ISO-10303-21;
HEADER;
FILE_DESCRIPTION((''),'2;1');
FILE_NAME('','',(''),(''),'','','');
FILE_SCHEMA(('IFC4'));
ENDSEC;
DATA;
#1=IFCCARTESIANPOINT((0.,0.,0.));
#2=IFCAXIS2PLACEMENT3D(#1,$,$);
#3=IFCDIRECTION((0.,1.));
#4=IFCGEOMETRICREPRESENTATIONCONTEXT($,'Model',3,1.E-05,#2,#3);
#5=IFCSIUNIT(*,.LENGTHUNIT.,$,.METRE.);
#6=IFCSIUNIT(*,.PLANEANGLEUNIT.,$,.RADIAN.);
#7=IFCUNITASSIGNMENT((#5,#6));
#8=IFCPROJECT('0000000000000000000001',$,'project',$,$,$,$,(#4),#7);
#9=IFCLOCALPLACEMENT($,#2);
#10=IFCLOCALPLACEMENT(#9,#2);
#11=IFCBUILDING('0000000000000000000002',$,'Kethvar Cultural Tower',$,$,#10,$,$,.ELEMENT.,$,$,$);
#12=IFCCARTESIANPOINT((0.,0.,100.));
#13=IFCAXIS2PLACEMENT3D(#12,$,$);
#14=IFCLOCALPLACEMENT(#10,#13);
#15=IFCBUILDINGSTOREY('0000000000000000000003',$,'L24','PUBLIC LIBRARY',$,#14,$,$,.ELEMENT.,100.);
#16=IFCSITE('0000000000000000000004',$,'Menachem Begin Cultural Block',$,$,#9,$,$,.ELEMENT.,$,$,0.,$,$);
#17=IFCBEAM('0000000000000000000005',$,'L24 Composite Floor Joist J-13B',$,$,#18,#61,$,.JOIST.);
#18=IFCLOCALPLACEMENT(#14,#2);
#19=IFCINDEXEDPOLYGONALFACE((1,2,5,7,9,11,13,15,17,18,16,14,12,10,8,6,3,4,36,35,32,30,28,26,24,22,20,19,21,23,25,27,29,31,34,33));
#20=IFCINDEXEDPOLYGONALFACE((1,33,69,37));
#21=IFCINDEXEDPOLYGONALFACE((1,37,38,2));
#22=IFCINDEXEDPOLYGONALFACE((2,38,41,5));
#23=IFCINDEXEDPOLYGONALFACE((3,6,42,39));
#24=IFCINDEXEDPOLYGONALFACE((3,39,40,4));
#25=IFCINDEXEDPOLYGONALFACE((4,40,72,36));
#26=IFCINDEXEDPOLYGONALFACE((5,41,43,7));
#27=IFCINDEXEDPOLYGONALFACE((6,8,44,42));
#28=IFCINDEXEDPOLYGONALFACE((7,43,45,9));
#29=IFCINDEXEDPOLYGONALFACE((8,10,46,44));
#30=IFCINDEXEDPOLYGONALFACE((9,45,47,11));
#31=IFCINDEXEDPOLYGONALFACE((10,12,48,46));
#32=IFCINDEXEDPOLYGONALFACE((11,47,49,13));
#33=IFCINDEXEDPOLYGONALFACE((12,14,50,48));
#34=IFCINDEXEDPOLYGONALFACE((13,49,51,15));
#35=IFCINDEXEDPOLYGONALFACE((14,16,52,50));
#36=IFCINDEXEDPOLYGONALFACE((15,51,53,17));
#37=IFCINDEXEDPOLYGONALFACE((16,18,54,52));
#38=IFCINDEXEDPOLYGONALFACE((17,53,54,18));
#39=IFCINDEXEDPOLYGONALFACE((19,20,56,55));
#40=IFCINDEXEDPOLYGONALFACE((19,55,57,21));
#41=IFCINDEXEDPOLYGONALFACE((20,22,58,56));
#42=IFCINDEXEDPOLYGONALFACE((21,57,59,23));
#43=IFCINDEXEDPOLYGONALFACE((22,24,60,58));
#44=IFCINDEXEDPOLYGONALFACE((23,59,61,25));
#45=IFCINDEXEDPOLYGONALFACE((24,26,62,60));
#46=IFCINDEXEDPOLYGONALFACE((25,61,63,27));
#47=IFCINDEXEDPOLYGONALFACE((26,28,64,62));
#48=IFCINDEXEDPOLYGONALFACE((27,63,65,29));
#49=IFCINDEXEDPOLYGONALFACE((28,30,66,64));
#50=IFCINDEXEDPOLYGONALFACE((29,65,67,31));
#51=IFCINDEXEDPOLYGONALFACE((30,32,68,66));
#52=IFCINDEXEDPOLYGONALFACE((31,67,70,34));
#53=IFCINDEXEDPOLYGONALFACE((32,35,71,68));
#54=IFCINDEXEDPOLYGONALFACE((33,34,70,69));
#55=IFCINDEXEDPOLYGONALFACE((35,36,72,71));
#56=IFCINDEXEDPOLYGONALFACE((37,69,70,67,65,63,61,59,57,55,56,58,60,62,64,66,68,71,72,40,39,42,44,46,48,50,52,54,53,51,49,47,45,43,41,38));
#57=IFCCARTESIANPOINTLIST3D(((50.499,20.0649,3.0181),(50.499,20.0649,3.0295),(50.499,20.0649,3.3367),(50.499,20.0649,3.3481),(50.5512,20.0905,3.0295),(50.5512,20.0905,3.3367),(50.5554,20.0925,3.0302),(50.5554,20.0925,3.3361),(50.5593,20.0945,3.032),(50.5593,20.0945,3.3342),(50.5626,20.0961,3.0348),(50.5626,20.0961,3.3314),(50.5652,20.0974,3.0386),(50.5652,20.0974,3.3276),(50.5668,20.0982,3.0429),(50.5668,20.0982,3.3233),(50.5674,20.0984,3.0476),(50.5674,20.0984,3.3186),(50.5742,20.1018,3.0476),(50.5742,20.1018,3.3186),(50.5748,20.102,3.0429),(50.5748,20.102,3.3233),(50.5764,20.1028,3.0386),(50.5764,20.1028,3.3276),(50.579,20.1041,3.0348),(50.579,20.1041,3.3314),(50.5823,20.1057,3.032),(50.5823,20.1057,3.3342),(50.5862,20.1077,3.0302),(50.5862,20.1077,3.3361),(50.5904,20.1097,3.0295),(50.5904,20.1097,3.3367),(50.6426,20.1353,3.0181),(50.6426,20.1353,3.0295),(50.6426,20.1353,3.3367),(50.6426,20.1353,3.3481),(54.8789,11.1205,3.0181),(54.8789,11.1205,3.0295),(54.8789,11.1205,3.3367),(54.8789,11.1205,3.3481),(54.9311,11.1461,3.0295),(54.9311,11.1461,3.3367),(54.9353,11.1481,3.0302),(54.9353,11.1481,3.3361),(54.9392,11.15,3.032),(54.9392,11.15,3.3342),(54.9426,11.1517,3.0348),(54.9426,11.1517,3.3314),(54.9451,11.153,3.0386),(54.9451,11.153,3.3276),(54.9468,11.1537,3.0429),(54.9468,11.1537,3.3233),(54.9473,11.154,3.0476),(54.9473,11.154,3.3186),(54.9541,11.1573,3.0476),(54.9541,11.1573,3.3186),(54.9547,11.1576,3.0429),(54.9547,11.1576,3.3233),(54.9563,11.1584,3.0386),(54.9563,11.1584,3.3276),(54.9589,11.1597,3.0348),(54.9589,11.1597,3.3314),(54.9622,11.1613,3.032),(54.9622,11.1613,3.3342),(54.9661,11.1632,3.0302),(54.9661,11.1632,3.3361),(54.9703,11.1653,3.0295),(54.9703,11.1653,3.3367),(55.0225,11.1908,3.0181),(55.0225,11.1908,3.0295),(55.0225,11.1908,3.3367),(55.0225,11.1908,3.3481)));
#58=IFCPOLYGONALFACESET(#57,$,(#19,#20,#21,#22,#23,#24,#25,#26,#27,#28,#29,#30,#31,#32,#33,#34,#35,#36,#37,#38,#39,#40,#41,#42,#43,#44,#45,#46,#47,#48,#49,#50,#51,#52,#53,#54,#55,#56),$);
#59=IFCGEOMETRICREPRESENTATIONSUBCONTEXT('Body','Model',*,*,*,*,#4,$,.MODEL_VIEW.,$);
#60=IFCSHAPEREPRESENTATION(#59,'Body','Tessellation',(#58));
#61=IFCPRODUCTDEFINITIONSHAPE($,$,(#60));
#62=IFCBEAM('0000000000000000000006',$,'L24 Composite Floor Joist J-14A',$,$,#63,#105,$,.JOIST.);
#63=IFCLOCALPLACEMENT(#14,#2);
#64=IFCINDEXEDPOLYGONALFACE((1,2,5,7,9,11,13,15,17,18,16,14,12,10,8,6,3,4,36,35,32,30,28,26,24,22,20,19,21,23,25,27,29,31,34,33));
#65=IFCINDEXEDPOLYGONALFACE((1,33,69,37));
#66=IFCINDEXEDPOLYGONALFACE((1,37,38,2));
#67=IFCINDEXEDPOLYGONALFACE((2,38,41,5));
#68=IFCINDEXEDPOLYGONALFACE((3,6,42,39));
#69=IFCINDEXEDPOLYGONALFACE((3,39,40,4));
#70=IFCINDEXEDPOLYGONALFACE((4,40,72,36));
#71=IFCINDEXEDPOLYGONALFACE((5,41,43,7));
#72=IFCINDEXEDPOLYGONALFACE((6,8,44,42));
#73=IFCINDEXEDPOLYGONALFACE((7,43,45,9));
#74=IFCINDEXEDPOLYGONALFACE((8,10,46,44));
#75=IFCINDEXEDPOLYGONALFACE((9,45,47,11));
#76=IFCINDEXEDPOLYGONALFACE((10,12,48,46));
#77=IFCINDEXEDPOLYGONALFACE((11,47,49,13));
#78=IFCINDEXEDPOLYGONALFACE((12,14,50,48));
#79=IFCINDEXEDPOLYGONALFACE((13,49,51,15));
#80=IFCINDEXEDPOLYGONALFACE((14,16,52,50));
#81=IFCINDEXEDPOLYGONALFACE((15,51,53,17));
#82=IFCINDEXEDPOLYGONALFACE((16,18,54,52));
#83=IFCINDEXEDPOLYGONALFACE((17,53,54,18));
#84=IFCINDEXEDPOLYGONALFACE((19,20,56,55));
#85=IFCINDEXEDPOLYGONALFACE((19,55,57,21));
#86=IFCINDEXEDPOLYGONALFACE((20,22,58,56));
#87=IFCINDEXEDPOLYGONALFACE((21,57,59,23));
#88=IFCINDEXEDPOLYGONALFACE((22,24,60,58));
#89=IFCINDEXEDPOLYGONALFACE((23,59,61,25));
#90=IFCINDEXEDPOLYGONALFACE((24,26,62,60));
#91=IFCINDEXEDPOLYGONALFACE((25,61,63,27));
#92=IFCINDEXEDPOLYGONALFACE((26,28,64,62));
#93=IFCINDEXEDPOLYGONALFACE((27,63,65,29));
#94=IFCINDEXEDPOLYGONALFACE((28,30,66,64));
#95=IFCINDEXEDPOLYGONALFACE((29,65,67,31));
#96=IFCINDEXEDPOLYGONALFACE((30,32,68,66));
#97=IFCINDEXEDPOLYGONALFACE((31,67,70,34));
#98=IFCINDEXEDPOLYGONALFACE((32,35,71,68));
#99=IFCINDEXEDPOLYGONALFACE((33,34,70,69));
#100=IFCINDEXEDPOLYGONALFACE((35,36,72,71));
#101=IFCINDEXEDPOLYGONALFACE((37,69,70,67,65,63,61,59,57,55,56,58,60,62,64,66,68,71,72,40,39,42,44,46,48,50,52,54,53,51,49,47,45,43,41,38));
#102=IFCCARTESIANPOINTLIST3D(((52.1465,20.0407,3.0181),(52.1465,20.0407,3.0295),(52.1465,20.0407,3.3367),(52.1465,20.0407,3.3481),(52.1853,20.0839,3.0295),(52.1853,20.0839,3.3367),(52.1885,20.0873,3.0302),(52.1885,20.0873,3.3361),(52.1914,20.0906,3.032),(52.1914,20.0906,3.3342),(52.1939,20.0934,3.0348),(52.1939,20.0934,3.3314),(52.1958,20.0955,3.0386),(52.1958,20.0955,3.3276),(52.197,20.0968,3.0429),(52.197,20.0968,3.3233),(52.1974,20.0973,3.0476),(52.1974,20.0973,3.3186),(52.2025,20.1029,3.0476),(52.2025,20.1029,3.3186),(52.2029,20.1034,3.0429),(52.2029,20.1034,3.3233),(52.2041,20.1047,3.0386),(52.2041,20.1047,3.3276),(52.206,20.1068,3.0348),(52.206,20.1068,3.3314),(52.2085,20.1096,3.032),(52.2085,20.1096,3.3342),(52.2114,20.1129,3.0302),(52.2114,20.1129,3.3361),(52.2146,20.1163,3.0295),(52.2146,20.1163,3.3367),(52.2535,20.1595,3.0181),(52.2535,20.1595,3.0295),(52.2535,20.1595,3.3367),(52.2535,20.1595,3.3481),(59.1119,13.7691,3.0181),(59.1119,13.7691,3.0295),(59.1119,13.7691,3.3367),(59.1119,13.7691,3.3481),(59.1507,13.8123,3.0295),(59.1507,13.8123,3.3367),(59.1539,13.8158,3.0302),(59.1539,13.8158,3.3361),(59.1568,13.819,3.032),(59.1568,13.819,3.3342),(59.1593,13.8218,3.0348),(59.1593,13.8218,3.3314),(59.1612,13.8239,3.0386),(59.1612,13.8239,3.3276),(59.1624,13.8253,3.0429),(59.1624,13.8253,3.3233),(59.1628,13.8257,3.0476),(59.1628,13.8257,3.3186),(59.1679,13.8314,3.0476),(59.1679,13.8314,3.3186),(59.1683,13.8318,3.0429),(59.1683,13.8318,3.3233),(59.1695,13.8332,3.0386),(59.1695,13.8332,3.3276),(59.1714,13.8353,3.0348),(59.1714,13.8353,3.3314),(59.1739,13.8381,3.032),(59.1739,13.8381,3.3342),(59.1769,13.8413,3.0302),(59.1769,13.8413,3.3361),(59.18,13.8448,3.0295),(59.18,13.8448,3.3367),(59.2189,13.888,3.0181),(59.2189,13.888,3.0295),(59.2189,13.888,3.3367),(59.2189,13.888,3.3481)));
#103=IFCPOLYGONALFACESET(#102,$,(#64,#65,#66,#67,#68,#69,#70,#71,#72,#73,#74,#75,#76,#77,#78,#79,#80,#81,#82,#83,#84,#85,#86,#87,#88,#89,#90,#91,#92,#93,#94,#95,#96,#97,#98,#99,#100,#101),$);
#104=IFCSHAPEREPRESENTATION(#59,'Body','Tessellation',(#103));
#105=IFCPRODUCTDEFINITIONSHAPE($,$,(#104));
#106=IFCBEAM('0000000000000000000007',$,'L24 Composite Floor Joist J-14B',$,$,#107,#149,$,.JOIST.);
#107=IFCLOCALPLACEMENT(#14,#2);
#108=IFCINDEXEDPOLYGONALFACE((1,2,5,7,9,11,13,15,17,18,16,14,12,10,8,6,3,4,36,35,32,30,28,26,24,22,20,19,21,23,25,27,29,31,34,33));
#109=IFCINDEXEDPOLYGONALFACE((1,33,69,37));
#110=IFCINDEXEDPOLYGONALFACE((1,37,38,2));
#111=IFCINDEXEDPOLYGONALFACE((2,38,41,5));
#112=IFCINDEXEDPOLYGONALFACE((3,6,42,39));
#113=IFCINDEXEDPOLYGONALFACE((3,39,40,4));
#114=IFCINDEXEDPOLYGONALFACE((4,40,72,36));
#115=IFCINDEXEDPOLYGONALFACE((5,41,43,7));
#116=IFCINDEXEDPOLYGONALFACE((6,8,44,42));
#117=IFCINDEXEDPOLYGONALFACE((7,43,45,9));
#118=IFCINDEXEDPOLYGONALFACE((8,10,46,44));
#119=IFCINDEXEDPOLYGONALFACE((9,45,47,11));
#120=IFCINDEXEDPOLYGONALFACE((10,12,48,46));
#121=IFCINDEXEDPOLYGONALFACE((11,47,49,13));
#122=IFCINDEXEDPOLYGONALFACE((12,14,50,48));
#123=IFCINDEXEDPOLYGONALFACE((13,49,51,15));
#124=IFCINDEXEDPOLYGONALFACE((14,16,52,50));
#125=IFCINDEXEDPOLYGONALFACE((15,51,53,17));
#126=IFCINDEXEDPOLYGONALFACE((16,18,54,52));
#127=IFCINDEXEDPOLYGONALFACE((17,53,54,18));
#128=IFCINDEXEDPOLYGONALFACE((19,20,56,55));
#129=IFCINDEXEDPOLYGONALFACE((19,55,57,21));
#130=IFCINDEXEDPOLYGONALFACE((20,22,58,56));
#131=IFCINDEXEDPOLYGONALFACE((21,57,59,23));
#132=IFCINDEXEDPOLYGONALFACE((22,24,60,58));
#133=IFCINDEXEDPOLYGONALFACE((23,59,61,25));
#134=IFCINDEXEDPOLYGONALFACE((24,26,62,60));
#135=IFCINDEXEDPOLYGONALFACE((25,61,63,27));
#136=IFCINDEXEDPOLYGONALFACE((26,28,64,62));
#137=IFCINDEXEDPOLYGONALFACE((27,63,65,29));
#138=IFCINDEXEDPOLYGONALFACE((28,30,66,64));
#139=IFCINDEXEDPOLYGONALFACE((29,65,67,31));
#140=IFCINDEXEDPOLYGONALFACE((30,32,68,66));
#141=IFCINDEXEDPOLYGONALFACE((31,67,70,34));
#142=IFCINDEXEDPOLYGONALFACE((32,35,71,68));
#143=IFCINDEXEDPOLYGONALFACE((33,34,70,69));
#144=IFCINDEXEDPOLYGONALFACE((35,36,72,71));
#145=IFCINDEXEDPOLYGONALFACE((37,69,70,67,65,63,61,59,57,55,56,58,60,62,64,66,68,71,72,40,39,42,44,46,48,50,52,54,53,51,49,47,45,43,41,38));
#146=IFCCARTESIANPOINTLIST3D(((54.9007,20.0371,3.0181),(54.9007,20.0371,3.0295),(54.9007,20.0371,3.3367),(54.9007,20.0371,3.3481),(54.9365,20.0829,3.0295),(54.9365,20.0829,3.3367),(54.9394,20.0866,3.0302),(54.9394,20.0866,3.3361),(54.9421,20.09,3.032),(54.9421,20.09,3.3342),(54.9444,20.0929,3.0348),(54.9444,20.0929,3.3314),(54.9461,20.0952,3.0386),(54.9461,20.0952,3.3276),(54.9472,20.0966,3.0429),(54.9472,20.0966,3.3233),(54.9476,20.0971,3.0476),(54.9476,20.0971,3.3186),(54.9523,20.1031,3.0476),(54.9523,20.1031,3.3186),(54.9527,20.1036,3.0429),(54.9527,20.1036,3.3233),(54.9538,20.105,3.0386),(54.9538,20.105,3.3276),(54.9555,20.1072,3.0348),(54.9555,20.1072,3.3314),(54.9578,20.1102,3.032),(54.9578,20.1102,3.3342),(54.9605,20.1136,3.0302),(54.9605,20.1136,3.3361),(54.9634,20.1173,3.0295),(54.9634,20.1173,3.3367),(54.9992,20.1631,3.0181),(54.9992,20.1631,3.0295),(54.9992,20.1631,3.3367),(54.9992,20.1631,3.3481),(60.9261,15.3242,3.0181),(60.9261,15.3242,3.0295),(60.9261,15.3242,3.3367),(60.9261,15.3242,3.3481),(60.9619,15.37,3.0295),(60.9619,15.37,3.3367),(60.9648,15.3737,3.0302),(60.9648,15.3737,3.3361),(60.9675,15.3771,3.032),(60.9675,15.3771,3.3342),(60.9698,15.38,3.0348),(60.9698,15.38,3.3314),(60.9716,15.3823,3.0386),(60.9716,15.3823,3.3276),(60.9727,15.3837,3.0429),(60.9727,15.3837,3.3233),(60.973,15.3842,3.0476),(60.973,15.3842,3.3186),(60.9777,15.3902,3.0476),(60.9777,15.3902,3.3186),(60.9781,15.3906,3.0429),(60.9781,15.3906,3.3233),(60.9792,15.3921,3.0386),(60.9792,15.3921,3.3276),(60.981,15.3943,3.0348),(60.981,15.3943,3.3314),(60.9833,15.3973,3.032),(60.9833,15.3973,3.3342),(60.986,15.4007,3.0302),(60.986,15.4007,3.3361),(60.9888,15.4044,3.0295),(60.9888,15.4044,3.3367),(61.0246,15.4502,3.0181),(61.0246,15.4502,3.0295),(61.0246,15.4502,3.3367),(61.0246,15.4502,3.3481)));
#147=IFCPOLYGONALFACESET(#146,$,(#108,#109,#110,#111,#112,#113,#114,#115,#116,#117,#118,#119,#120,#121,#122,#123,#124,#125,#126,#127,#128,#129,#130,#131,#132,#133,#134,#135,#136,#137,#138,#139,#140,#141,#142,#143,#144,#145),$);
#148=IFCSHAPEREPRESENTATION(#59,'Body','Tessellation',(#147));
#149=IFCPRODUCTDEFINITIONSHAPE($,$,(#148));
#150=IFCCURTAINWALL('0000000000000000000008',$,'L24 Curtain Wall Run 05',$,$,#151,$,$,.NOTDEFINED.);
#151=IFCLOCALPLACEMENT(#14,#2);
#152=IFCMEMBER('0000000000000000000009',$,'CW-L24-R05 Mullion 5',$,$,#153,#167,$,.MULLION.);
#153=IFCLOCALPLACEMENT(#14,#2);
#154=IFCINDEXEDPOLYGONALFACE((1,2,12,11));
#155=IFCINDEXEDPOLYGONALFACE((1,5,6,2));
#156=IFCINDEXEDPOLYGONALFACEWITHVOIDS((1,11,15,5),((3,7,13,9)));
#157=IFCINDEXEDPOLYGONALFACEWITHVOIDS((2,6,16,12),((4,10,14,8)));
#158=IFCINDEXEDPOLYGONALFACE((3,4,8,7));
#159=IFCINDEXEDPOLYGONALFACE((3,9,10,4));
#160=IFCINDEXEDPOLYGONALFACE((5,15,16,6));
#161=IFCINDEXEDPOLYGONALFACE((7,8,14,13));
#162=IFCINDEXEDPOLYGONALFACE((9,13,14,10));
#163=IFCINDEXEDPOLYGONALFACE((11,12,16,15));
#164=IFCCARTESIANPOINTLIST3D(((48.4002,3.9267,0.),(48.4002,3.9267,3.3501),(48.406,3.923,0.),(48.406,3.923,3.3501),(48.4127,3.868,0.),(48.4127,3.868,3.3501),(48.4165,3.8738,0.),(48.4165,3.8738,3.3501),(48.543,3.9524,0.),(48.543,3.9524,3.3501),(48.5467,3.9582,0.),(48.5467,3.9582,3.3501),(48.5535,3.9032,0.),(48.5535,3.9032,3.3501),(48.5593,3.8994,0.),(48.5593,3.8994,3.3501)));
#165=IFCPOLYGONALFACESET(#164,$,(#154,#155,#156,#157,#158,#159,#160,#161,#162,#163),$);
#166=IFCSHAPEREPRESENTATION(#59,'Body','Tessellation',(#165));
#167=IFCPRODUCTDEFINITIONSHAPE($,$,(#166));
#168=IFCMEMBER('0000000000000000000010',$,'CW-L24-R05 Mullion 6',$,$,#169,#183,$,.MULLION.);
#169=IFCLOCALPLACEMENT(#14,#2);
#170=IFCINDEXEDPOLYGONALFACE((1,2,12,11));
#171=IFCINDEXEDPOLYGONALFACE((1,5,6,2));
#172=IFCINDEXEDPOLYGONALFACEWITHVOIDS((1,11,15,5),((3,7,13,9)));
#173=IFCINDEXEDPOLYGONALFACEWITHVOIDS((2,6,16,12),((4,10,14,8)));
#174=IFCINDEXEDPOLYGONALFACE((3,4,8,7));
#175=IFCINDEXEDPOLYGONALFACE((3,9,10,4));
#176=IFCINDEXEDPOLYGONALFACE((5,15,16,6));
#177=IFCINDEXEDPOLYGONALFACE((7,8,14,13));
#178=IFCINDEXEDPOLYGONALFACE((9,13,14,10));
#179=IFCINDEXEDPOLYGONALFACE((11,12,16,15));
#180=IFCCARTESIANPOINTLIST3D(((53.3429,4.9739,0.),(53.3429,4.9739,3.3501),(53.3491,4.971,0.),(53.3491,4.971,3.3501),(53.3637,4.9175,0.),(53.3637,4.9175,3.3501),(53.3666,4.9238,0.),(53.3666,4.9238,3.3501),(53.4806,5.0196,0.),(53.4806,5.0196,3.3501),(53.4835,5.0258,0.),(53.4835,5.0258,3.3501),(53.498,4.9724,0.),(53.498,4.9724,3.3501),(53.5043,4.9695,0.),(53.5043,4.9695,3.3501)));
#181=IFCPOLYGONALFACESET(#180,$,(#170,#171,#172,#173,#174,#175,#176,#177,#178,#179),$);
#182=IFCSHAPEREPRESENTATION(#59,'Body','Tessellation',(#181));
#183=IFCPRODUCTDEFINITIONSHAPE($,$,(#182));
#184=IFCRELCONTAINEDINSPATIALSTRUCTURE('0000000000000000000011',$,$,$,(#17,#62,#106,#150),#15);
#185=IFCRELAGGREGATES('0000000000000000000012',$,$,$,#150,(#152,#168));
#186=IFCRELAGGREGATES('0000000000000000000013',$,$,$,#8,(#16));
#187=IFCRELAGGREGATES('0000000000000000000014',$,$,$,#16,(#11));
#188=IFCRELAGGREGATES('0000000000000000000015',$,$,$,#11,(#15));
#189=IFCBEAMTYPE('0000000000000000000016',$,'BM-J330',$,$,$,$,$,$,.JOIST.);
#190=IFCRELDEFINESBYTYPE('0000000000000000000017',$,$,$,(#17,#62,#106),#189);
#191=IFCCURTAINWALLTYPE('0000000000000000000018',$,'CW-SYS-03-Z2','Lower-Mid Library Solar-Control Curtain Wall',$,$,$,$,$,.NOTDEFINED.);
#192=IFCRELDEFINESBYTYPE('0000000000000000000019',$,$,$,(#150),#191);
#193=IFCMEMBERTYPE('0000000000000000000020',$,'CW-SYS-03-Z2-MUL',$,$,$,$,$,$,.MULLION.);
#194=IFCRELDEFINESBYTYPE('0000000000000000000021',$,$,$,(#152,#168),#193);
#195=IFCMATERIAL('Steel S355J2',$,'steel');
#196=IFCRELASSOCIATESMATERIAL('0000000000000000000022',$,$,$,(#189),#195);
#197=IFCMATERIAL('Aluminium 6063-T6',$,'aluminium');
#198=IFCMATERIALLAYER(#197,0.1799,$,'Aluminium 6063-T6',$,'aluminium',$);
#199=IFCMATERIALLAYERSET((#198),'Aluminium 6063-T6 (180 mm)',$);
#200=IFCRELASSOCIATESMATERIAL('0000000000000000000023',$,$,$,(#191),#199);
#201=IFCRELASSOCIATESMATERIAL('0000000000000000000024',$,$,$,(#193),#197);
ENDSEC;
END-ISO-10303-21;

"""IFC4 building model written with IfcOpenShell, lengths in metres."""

from ifc_helpers import new_model, si_unit, direction, frame, origin, origin_2d, place, context, subcontext, project, spatial, hollow_rectangle, i_section, extrude, source, transform, mapped, material, layer, layer_set, material_profile, profile_set, type_object, element, aggregate, save


model = new_model("IFC4")

# Units and contexts
model_context = context("Model", 3, precision=1e-05, world=origin(), true_north=direction((0.0, 1.0)))
body_context = subcontext(model_context, "Body", "Model", "MODEL_VIEW")
ifc_project = project(units=[si_unit("LENGTHUNIT", "METRE"), si_unit("PLANEANGLEUNIT", "RADIAN")], contexts=[model_context])

# Site, building, storey
site_placement = place(None, origin())
site = spatial("IfcSite", under=ifc_project, at=site_placement, Name="Menachem Begin Cultural Block", CompositionType="ELEMENT", RefElevation=0.0)
building_placement = place(site_placement, origin())
building = spatial("IfcBuilding", under=site, at=building_placement, Name="Kethvar Cultural Tower", CompositionType="ELEMENT")
storey_placement = place(building_placement, frame((0.0, 0.0, 100.0)))
storey = spatial("IfcBuildingStorey", under=building, at=storey_placement, Name="L24", Description="PUBLIC LIBRARY", CompositionType="ELEMENT", Elevation=100.0)

# Beams
ifc_material_1 = material(Name="Steel S355J2", Category="steel")
ifc_material_profile_1 = material_profile(ifc_material_1, i_section(OverallWidth=0.1599, OverallDepth=0.3301, WebThickness=0.0076, FlangeThickness=0.0115, FilletRadius=0.0181, at=origin_2d()), Name="Steel S355J2 — IPE330")
ifc_profile_set_1 = profile_set([ifc_material_profile_1], Name="Steel S355J2 — IPE330")
beam_type_1 = type_object("IfcBeamType", Name="BM-J330", PredefinedType="JOIST", material=ifc_profile_set_1)
shared_shape_1 = source(origin(), body_context, "Body", "SweptSolid", [
    extrude(i_section(OverallWidth=0.1599, OverallDepth=0.3301, WebThickness=0.0076, FlangeThickness=0.0115, FilletRadius=0.0181, at=origin_2d()), origin(), (0.0, 0.0, 1.0), 9.9592),
])
beam_1_placement = place(storey_placement, frame((50.5708, 20.1001, 3.1831), z_axis=(0.439785, -0.898103, 0.0), x_axis=(0.898103, 0.439785, 0.0)))
element("IfcBeam", 1, at=beam_1_placement, inside=storey, type_object=beam_type_1, Name="L24 Composite Floor Joist J-13B", PredefinedType="JOIST", context=body_context, shape_type="MappedRepresentation", body=[
    mapped(shared_shape_1, transform((0.0, 0.0, 0.0), scale=1.0)),
])
shared_shape_2 = source(origin(), body_context, "Body", "SweptSolid", [
    extrude(i_section(OverallWidth=0.1599, OverallDepth=0.3301, WebThickness=0.0076, FlangeThickness=0.0115, FilletRadius=0.0181, at=origin_2d()), origin(), (0.0, 0.0, 1.0), 9.3728),
])
beam_2_placement = place(storey_placement, frame((52.2, 20.1001, 3.1831), z_axis=(0.743152, -0.669123, 0.0), x_axis=(0.669123, 0.743152, 0.0)))
element("IfcBeam", 2, at=beam_2_placement, inside=storey, type_object=beam_type_1, Name="L24 Composite Floor Joist J-14A", PredefinedType="JOIST", context=body_context, shape_type="MappedRepresentation", body=[
    mapped(shared_shape_2, transform((0.0, 0.0, 0.0), scale=1.0)),
])
shared_shape_3 = source(origin(), body_context, "Body", "SweptSolid", [
    extrude(i_section(OverallWidth=0.1599, OverallDepth=0.3301, WebThickness=0.0076, FlangeThickness=0.0115, FilletRadius=0.0181, at=origin_2d()), origin(), (0.0, 0.0, 1.0), 7.6497),
])
beam_3_placement = place(storey_placement, frame((54.95, 20.1001, 3.1831), z_axis=(0.787672, -0.616095, 0.0), x_axis=(0.616095, 0.787672, 0.0)))
element("IfcBeam", 3, at=beam_3_placement, inside=storey, type_object=beam_type_1, Name="L24 Composite Floor Joist J-14B", PredefinedType="JOIST", context=body_context, shape_type="MappedRepresentation", body=[
    mapped(shared_shape_3, transform((0.0, 0.0, 0.0), scale=1.0)),
])

# Curtain wall, members
ifc_material_2 = material(Name="Aluminium 6063-T6", Category="aluminium")
ifc_layer_1 = layer(ifc_material_2, 0.1799, Name="Aluminium 6063-T6", Category="aluminium")
ifc_layer_set_1 = layer_set([ifc_layer_1], Name="Aluminium 6063-T6 (180 mm)")
curtain_wall_type = type_object("IfcCurtainWallType", Name="CW-SYS-03-Z2", Description="Lower-Mid Library Solar-Control Curtain Wall", PredefinedType="NOTDEFINED", material=ifc_layer_set_1)
curtain_wall_placement = place(storey_placement, origin())
curtain_wall = element("IfcCurtainWall", 4, at=curtain_wall_placement, inside=storey, type_object=curtain_wall_type, Name="L24 Curtain Wall Run 05", PredefinedType="NOTDEFINED")
ifc_material_profile_2 = material_profile(ifc_material_2, hollow_rectangle(XDim=0.0601, YDim=0.1499, WallThickness=0.0049, at=origin_2d()), Name="Aluminium 6063-T6 — RHS150x60x5")
ifc_profile_set_2 = profile_set([ifc_material_profile_2], Name="Aluminium 6063-T6 — RHS150x60x5")
member_type_1 = type_object("IfcMemberType", Name="CW-SYS-03-Z2-MUL", PredefinedType="MULLION", material=ifc_profile_set_2)
shared_shape_4 = source(origin(), body_context, "Body", "SweptSolid", [
    extrude(hollow_rectangle(XDim=0.0601, YDim=0.1499, WallThickness=0.0049, at=origin_2d()), origin(), (0.0, 0.0, 1.0), 3.3501),
])
member_1_placement = place(storey_placement, frame((48.4797, 3.9131, 0.0), z_axis=(0.0, 0.0, 1.0), x_axis=(-0.209584, 0.977791, 0.0)))
member_1 = element("IfcMember", 5, at=member_1_placement, type_object=member_type_1, Name="CW-L24-R05 Mullion 5", PredefinedType="MULLION", context=body_context, shape_type="MappedRepresentation", body=[
    mapped(shared_shape_4, transform((0.0, 0.0, 0.0), scale=1.0)),
])
member_2_placement = place(storey_placement, frame((53.4236, 4.9717, 0.0), z_axis=(0.0, 0.0, 1.0), x_axis=(-0.346576, 0.938022, 0.0)))
member_2 = element("IfcMember", 6, at=member_2_placement, type_object=member_type_1, Name="CW-L24-R05 Mullion 6", PredefinedType="MULLION", context=body_context, shape_type="MappedRepresentation", body=[
    mapped(shared_shape_4, transform((0.0, 0.0, 0.0), scale=1.0)),
])
aggregate(curtain_wall, [member_1, member_2])

save(model, "model.ifc")
